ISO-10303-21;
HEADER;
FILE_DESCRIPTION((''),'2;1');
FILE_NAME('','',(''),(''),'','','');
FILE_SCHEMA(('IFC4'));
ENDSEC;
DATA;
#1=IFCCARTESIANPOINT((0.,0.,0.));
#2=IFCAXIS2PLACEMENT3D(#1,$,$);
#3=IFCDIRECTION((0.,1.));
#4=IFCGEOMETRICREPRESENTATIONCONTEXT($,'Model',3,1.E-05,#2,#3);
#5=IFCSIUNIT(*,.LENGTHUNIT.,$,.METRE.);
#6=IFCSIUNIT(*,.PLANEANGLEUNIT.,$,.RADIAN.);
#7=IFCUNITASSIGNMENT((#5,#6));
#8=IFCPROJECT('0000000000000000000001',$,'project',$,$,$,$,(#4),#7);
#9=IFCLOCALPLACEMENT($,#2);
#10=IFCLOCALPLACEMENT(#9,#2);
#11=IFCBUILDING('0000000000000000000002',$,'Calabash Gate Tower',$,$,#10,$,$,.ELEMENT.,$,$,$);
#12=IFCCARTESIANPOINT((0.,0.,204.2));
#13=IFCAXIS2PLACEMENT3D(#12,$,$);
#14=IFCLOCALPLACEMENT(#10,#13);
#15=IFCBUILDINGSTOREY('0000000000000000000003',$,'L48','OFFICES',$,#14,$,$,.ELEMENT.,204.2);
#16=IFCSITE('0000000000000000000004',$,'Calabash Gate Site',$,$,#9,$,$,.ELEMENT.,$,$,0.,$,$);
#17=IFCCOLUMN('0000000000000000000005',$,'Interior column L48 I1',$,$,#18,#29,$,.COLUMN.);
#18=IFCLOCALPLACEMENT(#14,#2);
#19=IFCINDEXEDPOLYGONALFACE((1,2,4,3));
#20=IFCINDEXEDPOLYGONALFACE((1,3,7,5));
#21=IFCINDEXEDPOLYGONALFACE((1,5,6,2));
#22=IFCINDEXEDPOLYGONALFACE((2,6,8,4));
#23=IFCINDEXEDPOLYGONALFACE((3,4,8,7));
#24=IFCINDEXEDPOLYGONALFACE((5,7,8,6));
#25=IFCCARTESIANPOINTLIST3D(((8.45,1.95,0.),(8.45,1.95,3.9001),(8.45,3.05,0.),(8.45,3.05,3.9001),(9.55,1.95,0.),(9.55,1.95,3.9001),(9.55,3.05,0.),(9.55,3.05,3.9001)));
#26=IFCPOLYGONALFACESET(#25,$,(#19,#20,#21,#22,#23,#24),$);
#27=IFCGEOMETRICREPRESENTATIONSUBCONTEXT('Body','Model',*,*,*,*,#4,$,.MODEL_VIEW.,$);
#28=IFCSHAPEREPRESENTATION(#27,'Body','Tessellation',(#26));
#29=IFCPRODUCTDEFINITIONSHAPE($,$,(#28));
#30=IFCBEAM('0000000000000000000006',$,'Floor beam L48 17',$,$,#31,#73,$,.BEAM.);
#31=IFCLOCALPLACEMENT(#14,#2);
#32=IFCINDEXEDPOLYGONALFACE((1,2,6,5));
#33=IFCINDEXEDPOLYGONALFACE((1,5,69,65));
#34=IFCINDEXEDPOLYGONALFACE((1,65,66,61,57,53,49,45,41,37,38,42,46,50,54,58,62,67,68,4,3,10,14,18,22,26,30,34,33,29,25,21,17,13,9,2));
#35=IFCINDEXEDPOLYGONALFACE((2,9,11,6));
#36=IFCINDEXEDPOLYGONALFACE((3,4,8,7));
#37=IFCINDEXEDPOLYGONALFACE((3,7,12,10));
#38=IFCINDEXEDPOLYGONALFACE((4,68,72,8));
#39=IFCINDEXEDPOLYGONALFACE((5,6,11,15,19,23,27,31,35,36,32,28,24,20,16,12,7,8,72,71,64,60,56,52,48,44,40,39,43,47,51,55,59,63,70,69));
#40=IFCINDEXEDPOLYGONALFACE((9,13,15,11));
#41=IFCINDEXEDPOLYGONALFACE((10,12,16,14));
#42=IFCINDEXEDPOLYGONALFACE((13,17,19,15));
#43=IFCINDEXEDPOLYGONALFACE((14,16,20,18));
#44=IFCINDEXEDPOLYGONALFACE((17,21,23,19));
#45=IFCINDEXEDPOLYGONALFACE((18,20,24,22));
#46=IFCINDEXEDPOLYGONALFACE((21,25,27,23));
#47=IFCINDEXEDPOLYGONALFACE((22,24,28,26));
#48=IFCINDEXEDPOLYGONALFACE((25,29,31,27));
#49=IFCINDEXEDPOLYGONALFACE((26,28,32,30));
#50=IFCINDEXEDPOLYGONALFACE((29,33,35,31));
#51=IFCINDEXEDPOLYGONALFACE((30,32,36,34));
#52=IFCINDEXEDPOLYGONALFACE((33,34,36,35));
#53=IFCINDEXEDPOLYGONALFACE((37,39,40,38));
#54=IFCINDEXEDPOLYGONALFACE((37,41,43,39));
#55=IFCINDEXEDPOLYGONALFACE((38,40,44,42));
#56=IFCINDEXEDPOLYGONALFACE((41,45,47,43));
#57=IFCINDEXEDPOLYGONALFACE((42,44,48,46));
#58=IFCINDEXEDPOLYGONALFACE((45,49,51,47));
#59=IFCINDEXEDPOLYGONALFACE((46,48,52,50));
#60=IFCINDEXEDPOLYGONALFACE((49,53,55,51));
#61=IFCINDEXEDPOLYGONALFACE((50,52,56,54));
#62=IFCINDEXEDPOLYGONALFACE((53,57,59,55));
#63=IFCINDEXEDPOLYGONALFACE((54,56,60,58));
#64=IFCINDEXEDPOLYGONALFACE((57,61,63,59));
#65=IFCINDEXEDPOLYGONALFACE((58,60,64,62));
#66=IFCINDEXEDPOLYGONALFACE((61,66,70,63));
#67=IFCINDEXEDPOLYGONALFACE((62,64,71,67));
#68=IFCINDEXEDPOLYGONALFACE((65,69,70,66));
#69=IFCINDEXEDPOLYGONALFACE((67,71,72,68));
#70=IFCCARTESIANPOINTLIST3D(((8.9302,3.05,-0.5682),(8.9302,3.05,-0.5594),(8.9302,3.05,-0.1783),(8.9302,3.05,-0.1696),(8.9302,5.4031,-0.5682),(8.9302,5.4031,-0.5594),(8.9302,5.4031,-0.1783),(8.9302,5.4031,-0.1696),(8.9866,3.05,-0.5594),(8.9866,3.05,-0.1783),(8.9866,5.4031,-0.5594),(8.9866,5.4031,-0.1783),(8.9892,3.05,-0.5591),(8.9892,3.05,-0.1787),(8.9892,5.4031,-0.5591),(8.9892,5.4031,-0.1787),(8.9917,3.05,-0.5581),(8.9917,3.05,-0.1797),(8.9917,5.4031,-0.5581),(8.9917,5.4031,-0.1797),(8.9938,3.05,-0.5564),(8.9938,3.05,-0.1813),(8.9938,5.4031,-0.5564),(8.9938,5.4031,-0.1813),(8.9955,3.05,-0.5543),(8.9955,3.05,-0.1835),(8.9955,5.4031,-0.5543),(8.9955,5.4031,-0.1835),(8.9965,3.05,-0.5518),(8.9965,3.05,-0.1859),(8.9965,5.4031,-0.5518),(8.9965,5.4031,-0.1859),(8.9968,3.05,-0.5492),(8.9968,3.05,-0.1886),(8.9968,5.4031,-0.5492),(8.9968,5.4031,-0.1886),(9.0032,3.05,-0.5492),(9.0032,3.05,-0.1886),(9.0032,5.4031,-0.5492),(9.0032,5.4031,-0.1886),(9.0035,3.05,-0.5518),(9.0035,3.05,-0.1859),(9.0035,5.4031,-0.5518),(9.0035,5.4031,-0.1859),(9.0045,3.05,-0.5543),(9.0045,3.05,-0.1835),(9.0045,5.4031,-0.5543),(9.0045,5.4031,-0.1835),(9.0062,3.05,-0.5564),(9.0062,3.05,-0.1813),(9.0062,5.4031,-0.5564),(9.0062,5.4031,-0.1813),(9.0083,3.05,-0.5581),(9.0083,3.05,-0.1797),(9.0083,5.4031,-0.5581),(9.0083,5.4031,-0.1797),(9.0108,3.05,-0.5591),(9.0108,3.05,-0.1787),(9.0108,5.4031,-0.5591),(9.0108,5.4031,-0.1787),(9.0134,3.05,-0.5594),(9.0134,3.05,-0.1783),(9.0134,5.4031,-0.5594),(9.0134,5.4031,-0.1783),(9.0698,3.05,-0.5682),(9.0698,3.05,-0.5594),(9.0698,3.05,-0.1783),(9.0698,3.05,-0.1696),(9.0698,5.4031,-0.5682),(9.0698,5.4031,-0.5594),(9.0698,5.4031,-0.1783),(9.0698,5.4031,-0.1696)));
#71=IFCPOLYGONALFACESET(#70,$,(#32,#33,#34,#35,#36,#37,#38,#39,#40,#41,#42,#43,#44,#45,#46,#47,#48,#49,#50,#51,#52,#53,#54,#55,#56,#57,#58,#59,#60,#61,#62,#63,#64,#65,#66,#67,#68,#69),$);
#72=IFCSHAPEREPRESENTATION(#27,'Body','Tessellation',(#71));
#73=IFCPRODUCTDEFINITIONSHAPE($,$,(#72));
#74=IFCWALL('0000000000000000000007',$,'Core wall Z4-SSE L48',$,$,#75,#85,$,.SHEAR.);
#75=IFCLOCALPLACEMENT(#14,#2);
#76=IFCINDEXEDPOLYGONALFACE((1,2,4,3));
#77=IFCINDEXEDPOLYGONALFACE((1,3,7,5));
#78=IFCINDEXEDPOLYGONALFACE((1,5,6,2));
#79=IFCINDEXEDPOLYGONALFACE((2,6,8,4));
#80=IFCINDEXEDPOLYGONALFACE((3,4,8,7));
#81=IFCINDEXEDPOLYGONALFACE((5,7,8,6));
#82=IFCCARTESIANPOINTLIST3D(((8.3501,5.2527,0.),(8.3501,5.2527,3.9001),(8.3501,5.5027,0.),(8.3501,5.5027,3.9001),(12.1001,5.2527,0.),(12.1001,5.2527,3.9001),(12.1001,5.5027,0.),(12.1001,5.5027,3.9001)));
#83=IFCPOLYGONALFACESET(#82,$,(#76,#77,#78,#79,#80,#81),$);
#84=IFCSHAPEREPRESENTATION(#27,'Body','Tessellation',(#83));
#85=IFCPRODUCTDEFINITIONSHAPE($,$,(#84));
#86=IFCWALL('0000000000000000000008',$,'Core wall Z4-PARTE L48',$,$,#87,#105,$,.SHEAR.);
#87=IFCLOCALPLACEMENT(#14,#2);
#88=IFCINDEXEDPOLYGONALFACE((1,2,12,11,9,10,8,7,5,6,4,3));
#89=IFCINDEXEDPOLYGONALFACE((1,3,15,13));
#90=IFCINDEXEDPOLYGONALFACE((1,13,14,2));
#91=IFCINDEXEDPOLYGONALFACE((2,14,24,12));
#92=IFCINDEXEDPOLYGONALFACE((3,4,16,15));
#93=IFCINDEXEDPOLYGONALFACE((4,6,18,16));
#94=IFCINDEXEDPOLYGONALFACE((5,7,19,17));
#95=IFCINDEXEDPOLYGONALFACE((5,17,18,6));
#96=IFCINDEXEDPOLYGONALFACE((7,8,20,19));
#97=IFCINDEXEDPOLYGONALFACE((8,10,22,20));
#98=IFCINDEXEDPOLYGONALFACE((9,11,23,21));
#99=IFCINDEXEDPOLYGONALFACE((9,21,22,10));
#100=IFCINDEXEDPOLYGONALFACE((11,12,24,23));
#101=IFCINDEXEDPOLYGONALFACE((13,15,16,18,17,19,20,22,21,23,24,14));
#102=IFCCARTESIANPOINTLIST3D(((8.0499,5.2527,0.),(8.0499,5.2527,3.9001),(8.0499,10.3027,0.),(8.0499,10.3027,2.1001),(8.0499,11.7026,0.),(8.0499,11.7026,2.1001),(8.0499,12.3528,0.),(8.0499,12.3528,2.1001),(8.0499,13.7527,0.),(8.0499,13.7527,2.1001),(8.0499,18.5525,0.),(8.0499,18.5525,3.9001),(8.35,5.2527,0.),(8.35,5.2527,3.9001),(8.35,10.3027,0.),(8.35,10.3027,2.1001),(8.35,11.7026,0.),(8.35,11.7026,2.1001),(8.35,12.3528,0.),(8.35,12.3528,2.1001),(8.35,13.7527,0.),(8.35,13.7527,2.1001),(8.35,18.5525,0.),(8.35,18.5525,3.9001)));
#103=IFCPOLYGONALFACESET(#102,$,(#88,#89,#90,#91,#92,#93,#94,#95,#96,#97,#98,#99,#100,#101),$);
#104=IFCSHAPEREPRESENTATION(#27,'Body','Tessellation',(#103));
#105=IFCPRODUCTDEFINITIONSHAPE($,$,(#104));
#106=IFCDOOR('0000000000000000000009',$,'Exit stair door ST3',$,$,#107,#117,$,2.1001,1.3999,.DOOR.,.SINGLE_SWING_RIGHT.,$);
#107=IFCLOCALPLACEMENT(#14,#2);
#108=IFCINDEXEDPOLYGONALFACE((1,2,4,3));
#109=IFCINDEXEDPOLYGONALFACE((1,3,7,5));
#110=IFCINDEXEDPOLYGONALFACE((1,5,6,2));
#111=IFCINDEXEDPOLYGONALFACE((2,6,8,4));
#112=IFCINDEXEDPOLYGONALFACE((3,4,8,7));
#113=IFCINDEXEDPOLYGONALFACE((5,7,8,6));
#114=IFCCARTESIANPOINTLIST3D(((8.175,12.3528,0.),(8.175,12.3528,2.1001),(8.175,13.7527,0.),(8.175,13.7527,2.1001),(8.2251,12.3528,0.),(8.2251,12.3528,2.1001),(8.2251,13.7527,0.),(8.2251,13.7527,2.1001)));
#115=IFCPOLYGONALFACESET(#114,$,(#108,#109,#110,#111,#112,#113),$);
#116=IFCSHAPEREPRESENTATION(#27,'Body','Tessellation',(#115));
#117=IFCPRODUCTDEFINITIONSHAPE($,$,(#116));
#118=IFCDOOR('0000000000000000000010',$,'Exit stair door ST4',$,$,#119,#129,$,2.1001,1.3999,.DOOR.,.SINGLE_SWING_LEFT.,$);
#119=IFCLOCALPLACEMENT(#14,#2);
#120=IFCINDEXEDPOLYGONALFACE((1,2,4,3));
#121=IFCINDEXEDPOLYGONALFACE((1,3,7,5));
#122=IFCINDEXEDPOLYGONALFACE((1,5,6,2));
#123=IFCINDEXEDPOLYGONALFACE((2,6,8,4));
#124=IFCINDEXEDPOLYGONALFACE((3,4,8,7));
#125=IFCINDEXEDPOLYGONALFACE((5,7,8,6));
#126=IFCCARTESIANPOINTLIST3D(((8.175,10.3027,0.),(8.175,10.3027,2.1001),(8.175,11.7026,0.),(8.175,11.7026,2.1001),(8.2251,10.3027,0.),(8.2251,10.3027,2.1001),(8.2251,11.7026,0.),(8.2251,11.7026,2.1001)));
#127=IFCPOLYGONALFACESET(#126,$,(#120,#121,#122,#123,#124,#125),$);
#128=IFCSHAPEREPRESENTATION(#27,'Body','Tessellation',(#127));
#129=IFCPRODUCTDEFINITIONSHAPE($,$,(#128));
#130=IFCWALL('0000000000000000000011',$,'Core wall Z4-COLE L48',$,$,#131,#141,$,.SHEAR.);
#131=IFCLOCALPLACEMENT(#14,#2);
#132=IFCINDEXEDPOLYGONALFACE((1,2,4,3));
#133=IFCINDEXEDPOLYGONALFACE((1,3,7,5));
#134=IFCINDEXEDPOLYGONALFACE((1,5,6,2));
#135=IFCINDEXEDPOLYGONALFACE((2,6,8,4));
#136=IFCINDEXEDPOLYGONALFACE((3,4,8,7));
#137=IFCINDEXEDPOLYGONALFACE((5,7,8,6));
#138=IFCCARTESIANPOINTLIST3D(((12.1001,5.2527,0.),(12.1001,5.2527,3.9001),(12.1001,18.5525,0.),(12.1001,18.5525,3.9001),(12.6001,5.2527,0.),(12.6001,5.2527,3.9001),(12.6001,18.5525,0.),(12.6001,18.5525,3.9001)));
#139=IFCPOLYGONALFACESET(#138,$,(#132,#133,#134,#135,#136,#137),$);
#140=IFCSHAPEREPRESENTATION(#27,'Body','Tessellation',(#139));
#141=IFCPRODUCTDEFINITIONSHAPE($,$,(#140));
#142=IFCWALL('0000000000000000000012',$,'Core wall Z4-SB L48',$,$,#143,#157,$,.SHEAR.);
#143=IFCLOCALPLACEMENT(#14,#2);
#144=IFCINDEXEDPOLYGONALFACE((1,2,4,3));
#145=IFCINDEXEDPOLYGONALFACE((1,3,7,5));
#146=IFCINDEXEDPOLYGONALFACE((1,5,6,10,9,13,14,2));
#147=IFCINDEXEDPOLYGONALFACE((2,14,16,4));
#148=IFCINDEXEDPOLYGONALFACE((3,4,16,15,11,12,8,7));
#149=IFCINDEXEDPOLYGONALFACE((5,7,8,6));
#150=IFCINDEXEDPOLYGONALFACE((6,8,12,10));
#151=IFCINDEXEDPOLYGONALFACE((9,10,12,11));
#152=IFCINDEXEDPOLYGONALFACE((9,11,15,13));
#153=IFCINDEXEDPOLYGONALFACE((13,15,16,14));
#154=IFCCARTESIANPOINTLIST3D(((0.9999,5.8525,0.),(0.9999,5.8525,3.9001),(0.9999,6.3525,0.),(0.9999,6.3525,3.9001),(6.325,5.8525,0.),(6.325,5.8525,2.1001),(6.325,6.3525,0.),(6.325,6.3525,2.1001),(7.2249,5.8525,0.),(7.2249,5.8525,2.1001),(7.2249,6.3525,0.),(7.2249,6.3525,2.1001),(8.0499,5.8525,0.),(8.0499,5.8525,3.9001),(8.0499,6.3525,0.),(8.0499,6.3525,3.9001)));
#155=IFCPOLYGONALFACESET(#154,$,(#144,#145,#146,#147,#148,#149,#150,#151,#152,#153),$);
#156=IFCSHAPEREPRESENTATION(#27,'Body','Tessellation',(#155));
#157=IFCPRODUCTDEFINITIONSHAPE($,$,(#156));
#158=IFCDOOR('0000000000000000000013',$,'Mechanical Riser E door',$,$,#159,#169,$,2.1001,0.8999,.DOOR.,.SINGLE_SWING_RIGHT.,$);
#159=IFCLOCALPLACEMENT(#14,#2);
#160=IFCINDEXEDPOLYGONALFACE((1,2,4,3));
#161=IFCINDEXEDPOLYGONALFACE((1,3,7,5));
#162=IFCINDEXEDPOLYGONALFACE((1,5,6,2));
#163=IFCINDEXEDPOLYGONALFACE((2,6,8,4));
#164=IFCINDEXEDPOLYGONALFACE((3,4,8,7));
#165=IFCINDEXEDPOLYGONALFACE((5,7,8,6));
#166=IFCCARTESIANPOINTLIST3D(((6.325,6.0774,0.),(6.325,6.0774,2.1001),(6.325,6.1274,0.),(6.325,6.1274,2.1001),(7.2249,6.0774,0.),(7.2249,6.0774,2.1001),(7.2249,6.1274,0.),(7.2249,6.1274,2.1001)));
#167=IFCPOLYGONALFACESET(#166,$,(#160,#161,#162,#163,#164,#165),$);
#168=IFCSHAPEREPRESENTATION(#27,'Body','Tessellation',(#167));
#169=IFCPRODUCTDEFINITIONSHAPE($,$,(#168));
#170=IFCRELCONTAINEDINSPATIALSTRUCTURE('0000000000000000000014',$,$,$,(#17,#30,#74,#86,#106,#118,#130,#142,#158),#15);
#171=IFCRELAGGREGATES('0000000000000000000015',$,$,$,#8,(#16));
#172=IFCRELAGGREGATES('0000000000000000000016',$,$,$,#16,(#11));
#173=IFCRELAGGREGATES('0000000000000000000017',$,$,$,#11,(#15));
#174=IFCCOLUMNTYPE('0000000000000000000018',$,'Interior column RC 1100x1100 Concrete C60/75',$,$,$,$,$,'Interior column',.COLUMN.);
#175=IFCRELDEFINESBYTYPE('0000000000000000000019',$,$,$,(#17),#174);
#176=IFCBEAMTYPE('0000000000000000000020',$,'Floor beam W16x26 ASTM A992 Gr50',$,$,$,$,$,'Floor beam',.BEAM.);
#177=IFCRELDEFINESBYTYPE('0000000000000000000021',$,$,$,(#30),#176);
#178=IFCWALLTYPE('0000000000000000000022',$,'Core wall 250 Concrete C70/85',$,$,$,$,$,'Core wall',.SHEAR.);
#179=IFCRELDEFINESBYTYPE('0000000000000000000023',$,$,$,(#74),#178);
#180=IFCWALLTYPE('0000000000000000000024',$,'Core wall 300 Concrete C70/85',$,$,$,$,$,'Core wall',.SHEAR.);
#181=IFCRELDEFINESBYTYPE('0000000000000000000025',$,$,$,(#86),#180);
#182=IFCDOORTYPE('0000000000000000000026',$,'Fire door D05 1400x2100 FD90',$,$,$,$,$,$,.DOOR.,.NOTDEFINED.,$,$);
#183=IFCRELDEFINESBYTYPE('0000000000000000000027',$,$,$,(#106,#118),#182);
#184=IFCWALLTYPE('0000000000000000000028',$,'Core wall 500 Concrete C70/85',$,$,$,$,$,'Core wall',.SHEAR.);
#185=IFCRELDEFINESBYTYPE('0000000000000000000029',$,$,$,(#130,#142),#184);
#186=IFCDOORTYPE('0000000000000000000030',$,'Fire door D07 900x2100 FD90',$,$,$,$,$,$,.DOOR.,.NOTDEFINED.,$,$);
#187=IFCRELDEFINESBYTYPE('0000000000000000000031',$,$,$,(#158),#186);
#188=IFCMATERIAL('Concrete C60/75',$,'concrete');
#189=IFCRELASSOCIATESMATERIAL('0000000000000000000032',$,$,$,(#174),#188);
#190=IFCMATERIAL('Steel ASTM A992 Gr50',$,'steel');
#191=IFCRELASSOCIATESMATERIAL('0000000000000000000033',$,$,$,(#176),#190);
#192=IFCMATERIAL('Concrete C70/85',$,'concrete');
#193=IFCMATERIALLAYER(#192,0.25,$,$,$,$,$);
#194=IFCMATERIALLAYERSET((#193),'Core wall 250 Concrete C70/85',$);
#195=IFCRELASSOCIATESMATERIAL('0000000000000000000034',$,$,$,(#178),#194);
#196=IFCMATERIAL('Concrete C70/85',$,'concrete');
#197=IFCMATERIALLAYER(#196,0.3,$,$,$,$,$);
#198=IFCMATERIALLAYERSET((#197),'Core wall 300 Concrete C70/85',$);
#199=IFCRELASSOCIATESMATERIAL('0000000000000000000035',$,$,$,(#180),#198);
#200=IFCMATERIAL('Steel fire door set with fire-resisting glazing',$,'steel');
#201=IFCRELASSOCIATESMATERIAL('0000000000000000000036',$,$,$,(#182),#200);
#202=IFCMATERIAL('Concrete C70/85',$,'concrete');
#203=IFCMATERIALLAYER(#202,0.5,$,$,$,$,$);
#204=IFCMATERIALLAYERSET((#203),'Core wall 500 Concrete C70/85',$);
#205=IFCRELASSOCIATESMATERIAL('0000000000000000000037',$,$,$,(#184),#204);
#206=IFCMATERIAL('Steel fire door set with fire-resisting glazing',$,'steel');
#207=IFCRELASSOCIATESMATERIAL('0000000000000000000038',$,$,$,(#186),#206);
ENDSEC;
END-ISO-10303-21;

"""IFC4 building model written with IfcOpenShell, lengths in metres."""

from ifc_helpers import new_model, si_unit, direction, frame, frame_2d, origin, origin_2d, place, context, subcontext, project, spatial, rectangle, i_section, extrude, material, layer, layer_set, material_profile, profile_set, type_object, element, fill, save


model = new_model("IFC4")

# Units and contexts
model_context = context("Model", 3, precision=1e-05, world=origin(), true_north=direction((0.0, 1.0)))
body_context = subcontext(model_context, "Body", "Model", "MODEL_VIEW")
ifc_project = project(units=[si_unit("LENGTHUNIT", "METRE"), si_unit("PLANEANGLEUNIT", "RADIAN")], contexts=[model_context])

# Site, building, storey
site_placement = place(None, origin())
site = spatial("IfcSite", under=ifc_project, at=site_placement, Name="Calabash Gate Site", CompositionType="ELEMENT", RefElevation=0.0)
building_placement = place(site_placement, origin())
building = spatial("IfcBuilding", under=site, at=building_placement, Name="Calabash Gate Tower", CompositionType="ELEMENT")
storey_placement = place(building_placement, frame((0.0, 0.0, 204.2)))
storey = spatial("IfcBuildingStorey", under=building, at=storey_placement, Name="L48", Description="OFFICES", CompositionType="ELEMENT", Elevation=204.2)

# Column
ifc_material_1 = material(Name="Concrete C60/75", Category="concrete")
ifc_material_profile_1 = material_profile(ifc_material_1, rectangle(XDim=1.1001, YDim=1.1001, at=origin_2d()))
ifc_profile_set_1 = profile_set([ifc_material_profile_1], Name="Concrete C60/75")
column_type = type_object("IfcColumnType", Name="Interior column RC 1100x1100 Concrete C60/75", ElementType="Interior column", PredefinedType="COLUMN", material=ifc_profile_set_1)
column_placement = place(storey_placement, frame((9.0, 2.5, 0.0), z_axis=(0.0, 0.0, 1.0), x_axis=(1.0, 0.0, 0.0)))
element("IfcColumn", 1, at=column_placement, inside=storey, type_object=column_type, Name="Interior column L48 I1", PredefinedType="COLUMN", context=body_context, shape_type="SweptSolid", body=[
    extrude(rectangle(XDim=1.1001, YDim=1.1001, at=origin_2d()), origin(), (0.0, 0.0, 1.0), 3.9001),
])

# Beam
ifc_material_2 = material(Name="Steel ASTM A992 Gr50", Category="steel")
ifc_material_profile_2 = material_profile(ifc_material_2, i_section(OverallWidth=0.1396, OverallDepth=0.3987, WebThickness=0.0063, FlangeThickness=0.0088, FilletRadius=0.0103, at=origin_2d()))
ifc_profile_set_2 = profile_set([ifc_material_profile_2], Name="Steel ASTM A992 Gr50")
beam_type = type_object("IfcBeamType", Name="Floor beam W16x26 ASTM A992 Gr50", ElementType="Floor beam", PredefinedType="BEAM", material=ifc_profile_set_2)
beam_placement = place(storey_placement, frame((9.0, 3.05, -0.3689), z_axis=(0.0, 1.0, 0.0), x_axis=(-1.0, 0.0, 0.0)))
element("IfcBeam", 2, at=beam_placement, inside=storey, type_object=beam_type, Name="Floor beam L48 17", PredefinedType="BEAM", context=body_context, shape_type="SweptSolid", body=[
    extrude(i_section(OverallWidth=0.1396, OverallDepth=0.3987, WebThickness=0.0063, FlangeThickness=0.0088, FilletRadius=0.0103, at=origin_2d()), origin(), (0.0, 0.0, 1.0), 2.353),
])

# Wall
ifc_material_3 = material(Name="Concrete C70/85", Category="concrete")
ifc_layer_1 = layer(ifc_material_3, 0.25)
ifc_layer_set_1 = layer_set([ifc_layer_1], Name="Core wall 250 Concrete C70/85")
wall_type_1 = type_object("IfcWallType", Name="Core wall 250 Concrete C70/85", ElementType="Core wall", PredefinedType="SHEAR", material=ifc_layer_set_1)
wall_1_placement = place(storey_placement, frame((8.3501, 5.3777, 0.0), z_axis=(0.0, 0.0, 1.0), x_axis=(1.0, 0.0, 0.0)))
element("IfcWall", 3, at=wall_1_placement, inside=storey, type_object=wall_type_1, Name="Core wall Z4-SSE L48", PredefinedType="SHEAR", context=body_context, shape_type="SweptSolid", body=[
    extrude(rectangle(XDim=3.75, YDim=0.25, at=frame_2d((1.875, 0.0))), origin(), (0.0, 0.0, 1.0), 3.9001),
])

# Wall, openings, doors
ifc_material_4 = material(Name="Concrete C70/85", Category="concrete")
ifc_layer_2 = layer(ifc_material_4, 0.3)
ifc_layer_set_2 = layer_set([ifc_layer_2], Name="Core wall 300 Concrete C70/85")
wall_type_2 = type_object("IfcWallType", Name="Core wall 300 Concrete C70/85", ElementType="Core wall", PredefinedType="SHEAR", material=ifc_layer_set_2)
wall_2_placement = place(storey_placement, frame((8.2, 5.2527, 0.0), z_axis=(0.0, 0.0, 1.0), x_axis=(0.0, 1.0, 0.0)))
wall_2 = element("IfcWall", 4, at=wall_2_placement, inside=storey, type_object=wall_type_2, Name="Core wall Z4-PARTE L48", PredefinedType="SHEAR", context=body_context, shape_type="SweptSolid", body=[
    extrude(rectangle(XDim=13.2998, YDim=0.3, at=frame_2d((6.6499, 0.0))), origin(), (0.0, 0.0, 1.0), 3.9001),
])
opening_1_placement = place(wall_2_placement, frame((7.1001, 0.0, 0.0)))
opening_1 = element("IfcOpeningElement", 5, at=opening_1_placement, cuts=wall_2, PredefinedType="OPENING", context=body_context, shape_type="SweptSolid", body=[
    extrude(rectangle(XDim=1.3999, YDim=2.1001, at=frame_2d((0.7, 1.05))), frame((0.0, 0.1599, 0.0), z_axis=(0.0, -1.0, 0.0), x_axis=(1.0, 0.0, 0.0)), (0.0, 0.0, 1.0), 0.3201),
])
opening_2_placement = place(wall_2_placement, frame((5.05, 0.0, 0.0)))
opening_2 = element("IfcOpeningElement", 6, at=opening_2_placement, cuts=wall_2, PredefinedType="OPENING", context=body_context, shape_type="SweptSolid", body=[
    extrude(rectangle(XDim=1.3999, YDim=2.1001, at=frame_2d((0.7, 1.05))), frame((0.0, 0.1599, 0.0), z_axis=(0.0, -1.0, 0.0), x_axis=(1.0, 0.0, 0.0)), (0.0, 0.0, 1.0), 0.3201),
])
ifc_material_5 = material(Name="Steel fire door set with fire-resisting glazing", Category="steel")
door_type_1 = type_object("IfcDoorType", Name="Fire door D05 1400x2100 FD90", OperationType="NOTDEFINED", PredefinedType="DOOR", material=ifc_material_5)
door_1_placement = place(opening_1_placement, origin())
door_1 = element("IfcDoor", 7, at=door_1_placement, inside=storey, type_object=door_type_1, Name="Exit stair door ST3", OperationType="SINGLE_SWING_RIGHT", OverallHeight=2.1001, OverallWidth=1.3999, PredefinedType="DOOR", context=body_context, shape_type="SweptSolid", body=[
    extrude(rectangle(XDim=1.3999, YDim=2.1001, at=frame_2d((0.7, 1.05))), frame((0.0, 0.0249, 0.0), z_axis=(0.0, -1.0, 0.0), x_axis=(1.0, 0.0, 0.0)), (0.0, 0.0, 1.0), 0.05),
])
fill(opening_1, door_1)
door_2_placement = place(opening_2_placement, origin())
door_2 = element("IfcDoor", 8, at=door_2_placement, inside=storey, type_object=door_type_1, Name="Exit stair door ST4", OperationType="SINGLE_SWING_LEFT", OverallHeight=2.1001, OverallWidth=1.3999, PredefinedType="DOOR", context=body_context, shape_type="SweptSolid", body=[
    extrude(rectangle(XDim=1.3999, YDim=2.1001, at=frame_2d((0.7, 1.05))), frame((0.0, 0.0249, 0.0), z_axis=(0.0, -1.0, 0.0), x_axis=(1.0, 0.0, 0.0)), (0.0, 0.0, 1.0), 0.05),
])
fill(opening_2, door_2)

# Wall
ifc_material_6 = material(Name="Concrete C70/85", Category="concrete")
ifc_layer_3 = layer(ifc_material_6, 0.5)
ifc_layer_set_3 = layer_set([ifc_layer_3], Name="Core wall 500 Concrete C70/85")
wall_type_3 = type_object("IfcWallType", Name="Core wall 500 Concrete C70/85", ElementType="Core wall", PredefinedType="SHEAR", material=ifc_layer_set_3)
wall_3_placement = place(storey_placement, frame((12.3501, 5.2527, 0.0), z_axis=(0.0, 0.0, 1.0), x_axis=(0.0, 1.0, 0.0)))
element("IfcWall", 9, at=wall_3_placement, inside=storey, type_object=wall_type_3, Name="Core wall Z4-COLE L48", PredefinedType="SHEAR", context=body_context, shape_type="SweptSolid", body=[
    extrude(rectangle(XDim=13.2998, YDim=0.5, at=frame_2d((6.6499, 0.0))), origin(), (0.0, 0.0, 1.0), 3.9001),
])

# Wall, opening, door
wall_4_placement = place(storey_placement, frame((1.0, 6.1025, 0.0), z_axis=(0.0, 0.0, 1.0), x_axis=(1.0, 0.0, 0.0)))
wall_4 = element("IfcWall", 10, at=wall_4_placement, inside=storey, type_object=wall_type_3, Name="Core wall Z4-SB L48", PredefinedType="SHEAR", context=body_context, shape_type="SweptSolid", body=[
    extrude(rectangle(XDim=7.05, YDim=0.5, at=frame_2d((3.5249, 0.0))), origin(), (0.0, 0.0, 1.0), 3.9001),
])
opening_3_placement = place(wall_4_placement, frame((5.325, 0.0, 0.0)))
opening_3 = element("IfcOpeningElement", 11, at=opening_3_placement, cuts=wall_4, PredefinedType="OPENING", context=body_context, shape_type="SweptSolid", body=[
    extrude(rectangle(XDim=0.8999, YDim=2.1001, at=frame_2d((0.45, 1.05))), frame((0.0, 0.26, 0.0), z_axis=(0.0, -1.0, 0.0), x_axis=(1.0, 0.0, 0.0)), (0.0, 0.0, 1.0), 0.52),
])
ifc_material_7 = material(Name="Steel fire door set with fire-resisting glazing", Category="steel")
door_type_2 = type_object("IfcDoorType", Name="Fire door D07 900x2100 FD90", OperationType="NOTDEFINED", PredefinedType="DOOR", material=ifc_material_7)
door_3_placement = place(opening_3_placement, origin())
door_3 = element("IfcDoor", 12, at=door_3_placement, inside=storey, type_object=door_type_2, Name="Mechanical Riser E door", OperationType="SINGLE_SWING_RIGHT", OverallHeight=2.1001, OverallWidth=0.8999, PredefinedType="DOOR", context=body_context, shape_type="SweptSolid", body=[
    extrude(rectangle(XDim=0.8999, YDim=2.1001, at=frame_2d((0.45, 1.05))), frame((0.0, 0.0249, 0.0), z_axis=(0.0, -1.0, 0.0), x_axis=(1.0, 0.0, 0.0)), (0.0, 0.0, 1.0), 0.05),
])
fill(opening_3, door_3)

save(model, "model.ifc")
